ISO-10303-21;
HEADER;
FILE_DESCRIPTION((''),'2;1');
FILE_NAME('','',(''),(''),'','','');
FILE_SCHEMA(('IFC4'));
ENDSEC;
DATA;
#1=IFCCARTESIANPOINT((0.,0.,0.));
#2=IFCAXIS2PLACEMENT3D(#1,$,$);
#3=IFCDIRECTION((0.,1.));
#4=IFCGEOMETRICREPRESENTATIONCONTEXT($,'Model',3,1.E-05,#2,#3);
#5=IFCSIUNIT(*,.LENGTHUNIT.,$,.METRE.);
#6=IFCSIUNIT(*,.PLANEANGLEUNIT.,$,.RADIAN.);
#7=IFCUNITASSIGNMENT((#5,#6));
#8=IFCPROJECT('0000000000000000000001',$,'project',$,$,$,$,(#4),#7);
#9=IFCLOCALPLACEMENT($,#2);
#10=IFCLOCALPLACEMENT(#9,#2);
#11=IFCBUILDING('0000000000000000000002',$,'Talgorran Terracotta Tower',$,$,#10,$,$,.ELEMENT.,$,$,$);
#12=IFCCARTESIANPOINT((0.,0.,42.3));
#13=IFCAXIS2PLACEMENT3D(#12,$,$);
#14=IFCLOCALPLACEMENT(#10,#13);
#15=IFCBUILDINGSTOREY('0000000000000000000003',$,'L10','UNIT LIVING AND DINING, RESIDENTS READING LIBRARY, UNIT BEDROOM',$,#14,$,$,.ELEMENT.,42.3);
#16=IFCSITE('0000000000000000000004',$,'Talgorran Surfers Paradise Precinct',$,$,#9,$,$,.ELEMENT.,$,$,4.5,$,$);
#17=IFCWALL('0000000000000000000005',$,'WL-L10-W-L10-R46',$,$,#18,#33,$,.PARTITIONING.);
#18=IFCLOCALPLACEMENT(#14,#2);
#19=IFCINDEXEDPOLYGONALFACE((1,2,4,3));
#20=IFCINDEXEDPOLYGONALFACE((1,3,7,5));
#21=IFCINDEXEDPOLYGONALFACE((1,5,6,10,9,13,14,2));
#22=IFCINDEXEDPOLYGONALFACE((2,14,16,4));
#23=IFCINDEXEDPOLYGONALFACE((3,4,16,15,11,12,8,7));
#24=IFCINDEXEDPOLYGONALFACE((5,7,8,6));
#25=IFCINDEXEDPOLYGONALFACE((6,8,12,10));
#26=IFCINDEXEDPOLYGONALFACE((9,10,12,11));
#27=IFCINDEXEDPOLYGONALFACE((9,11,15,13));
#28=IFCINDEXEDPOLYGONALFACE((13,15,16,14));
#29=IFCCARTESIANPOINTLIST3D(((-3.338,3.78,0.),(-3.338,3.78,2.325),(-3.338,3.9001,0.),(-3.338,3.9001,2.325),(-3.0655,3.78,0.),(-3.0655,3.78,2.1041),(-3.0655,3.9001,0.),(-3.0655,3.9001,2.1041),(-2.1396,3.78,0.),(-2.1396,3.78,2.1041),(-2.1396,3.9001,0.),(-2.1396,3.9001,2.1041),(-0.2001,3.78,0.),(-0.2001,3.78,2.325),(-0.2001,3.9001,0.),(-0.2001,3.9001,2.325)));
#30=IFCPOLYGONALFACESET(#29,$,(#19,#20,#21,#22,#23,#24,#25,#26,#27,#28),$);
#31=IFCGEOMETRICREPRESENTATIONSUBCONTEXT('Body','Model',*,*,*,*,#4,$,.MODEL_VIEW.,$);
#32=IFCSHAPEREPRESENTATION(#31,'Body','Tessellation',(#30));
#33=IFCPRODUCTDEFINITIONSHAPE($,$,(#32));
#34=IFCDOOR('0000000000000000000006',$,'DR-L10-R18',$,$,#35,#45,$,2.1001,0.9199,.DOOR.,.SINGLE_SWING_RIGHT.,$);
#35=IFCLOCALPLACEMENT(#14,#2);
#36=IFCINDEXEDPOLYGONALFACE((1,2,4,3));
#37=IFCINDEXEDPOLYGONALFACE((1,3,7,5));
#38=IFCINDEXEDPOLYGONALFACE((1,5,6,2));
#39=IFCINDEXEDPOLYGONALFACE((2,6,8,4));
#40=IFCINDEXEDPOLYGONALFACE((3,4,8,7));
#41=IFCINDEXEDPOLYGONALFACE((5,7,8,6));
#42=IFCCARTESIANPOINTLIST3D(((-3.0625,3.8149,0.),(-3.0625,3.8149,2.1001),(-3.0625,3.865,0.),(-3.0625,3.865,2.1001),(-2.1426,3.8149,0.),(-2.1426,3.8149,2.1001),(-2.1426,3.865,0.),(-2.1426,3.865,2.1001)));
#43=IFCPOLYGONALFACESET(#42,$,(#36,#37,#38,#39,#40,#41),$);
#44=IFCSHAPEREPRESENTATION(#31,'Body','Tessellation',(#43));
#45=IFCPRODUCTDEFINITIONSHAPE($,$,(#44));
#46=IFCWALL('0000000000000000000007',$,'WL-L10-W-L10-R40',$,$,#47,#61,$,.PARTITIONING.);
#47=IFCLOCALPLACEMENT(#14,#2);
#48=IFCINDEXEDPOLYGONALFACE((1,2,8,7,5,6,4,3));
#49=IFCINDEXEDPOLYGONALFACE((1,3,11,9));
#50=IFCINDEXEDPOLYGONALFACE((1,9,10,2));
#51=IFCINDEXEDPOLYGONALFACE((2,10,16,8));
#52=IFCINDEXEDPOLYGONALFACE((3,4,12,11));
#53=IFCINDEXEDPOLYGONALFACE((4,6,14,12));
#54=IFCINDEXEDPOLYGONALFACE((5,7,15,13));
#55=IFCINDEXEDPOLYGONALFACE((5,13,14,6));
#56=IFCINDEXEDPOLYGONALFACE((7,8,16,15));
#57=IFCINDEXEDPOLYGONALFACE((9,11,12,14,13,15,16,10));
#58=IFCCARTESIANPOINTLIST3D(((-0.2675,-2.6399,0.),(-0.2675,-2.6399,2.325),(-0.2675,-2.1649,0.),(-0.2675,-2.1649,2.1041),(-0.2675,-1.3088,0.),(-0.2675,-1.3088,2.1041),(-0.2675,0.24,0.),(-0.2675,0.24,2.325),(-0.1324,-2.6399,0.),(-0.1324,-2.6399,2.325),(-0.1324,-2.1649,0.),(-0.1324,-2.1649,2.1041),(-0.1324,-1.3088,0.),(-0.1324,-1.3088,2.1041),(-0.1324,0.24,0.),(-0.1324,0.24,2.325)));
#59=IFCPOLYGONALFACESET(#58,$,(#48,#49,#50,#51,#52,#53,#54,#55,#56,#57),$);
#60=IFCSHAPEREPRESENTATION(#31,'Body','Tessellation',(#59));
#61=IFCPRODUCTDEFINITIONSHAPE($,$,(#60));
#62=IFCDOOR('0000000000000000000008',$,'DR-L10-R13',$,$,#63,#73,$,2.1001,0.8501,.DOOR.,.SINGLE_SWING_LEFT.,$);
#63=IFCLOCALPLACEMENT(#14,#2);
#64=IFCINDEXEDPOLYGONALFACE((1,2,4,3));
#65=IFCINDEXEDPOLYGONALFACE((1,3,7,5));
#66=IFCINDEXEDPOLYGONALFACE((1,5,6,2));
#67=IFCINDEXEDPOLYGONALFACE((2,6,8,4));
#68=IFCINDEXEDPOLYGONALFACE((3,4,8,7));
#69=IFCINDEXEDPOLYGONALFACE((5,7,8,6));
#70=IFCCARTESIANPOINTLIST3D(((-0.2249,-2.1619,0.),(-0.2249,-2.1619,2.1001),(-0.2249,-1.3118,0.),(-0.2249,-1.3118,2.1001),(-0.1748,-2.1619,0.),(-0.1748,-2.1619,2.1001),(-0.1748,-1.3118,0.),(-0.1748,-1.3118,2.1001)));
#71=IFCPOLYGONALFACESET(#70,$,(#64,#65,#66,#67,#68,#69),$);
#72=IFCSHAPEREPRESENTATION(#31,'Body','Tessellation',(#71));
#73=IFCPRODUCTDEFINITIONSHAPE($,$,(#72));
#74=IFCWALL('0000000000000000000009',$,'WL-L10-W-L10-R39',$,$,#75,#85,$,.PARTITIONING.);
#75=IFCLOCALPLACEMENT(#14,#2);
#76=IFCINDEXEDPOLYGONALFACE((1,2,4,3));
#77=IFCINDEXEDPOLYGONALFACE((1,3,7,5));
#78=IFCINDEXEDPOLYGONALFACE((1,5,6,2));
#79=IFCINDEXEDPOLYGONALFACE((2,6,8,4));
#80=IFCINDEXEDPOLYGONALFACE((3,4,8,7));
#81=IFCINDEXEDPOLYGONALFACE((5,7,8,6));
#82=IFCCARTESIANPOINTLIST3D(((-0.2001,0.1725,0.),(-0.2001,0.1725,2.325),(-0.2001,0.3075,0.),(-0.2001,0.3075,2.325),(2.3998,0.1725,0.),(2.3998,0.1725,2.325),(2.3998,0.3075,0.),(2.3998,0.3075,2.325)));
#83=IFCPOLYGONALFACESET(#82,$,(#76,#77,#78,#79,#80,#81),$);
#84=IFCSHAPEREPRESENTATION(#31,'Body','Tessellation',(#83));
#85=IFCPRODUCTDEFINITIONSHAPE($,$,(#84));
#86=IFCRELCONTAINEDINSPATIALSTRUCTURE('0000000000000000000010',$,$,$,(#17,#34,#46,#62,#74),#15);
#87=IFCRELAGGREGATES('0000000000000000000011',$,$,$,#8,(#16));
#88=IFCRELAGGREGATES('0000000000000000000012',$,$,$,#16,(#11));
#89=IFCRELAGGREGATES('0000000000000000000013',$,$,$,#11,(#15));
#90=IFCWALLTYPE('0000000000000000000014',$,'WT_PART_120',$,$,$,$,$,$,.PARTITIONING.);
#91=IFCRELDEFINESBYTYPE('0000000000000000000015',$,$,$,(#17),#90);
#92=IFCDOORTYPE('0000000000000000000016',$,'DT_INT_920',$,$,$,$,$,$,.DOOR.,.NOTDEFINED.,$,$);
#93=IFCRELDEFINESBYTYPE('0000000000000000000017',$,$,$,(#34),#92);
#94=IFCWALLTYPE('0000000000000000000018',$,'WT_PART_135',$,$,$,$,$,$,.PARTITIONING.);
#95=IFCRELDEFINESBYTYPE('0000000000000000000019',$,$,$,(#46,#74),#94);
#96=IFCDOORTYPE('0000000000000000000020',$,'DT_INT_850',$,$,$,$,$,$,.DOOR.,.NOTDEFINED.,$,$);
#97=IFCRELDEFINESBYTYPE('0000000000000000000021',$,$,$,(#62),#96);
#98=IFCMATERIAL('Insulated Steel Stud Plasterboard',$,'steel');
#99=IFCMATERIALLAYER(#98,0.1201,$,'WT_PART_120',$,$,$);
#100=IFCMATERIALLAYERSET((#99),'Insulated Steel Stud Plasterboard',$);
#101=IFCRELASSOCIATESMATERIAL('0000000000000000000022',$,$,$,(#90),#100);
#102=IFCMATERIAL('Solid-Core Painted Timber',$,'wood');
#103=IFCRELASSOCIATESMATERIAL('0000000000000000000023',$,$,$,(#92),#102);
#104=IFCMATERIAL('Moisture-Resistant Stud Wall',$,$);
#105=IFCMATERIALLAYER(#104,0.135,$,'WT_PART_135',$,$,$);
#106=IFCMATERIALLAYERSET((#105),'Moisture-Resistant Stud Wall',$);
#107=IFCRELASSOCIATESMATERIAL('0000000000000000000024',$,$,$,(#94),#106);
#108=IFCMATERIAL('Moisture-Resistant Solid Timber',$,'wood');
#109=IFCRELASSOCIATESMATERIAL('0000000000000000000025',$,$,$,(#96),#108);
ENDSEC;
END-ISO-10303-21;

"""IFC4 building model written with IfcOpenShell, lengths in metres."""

from ifc_helpers import new_model, si_unit, direction, frame, frame_2d, origin, place, context, subcontext, project, spatial, rectangle, extrude, material, layer, layer_set, type_object, element, fill, save


model = new_model("IFC4")

# Units and contexts
model_context = context("Model", 3, precision=1e-05, world=origin(), true_north=direction((0.0, 1.0)))
body_context = subcontext(model_context, "Body", "Model", "MODEL_VIEW")
ifc_project = project(units=[si_unit("LENGTHUNIT", "METRE"), si_unit("PLANEANGLEUNIT", "RADIAN")], contexts=[model_context])

# Site, building, storey
site_placement = place(None, origin())
site = spatial("IfcSite", under=ifc_project, at=site_placement, Name="Talgorran Surfers Paradise Precinct", CompositionType="ELEMENT", RefElevation=4.5)
building_placement = place(site_placement, origin())
building = spatial("IfcBuilding", under=site, at=building_placement, Name="Talgorran Terracotta Tower", CompositionType="ELEMENT")
storey_placement = place(building_placement, frame((0.0, 0.0, 42.3)))
storey = spatial("IfcBuildingStorey", under=building, at=storey_placement, Name="L10", Description="UNIT LIVING AND DINING, RESIDENTS READING LIBRARY, UNIT BEDROOM", CompositionType="ELEMENT", Elevation=42.3)

# Shared definitions
ifc_material_1 = material(Name="Insulated Steel Stud Plasterboard", Category="steel")
ifc_layer_1 = layer(ifc_material_1, 0.1201, Name="WT_PART_120")
ifc_layer_set_1 = layer_set([ifc_layer_1], Name="Insulated Steel Stud Plasterboard")
wall_type_1 = type_object("IfcWallType", Name="WT_PART_120", PredefinedType="PARTITIONING", material=ifc_layer_set_1)
ifc_material_2 = material(Name="Solid-Core Painted Timber", Category="wood")
door_type_1 = type_object("IfcDoorType", Name="DT_INT_920", OperationType="NOTDEFINED", PredefinedType="DOOR", material=ifc_material_2)

# Walls, openings, doors
wall_1_placement = place(storey_placement, frame((-3.3379, 3.8401, 0.0), z_axis=(0.0, 0.0, 1.0), x_axis=(1.0, 0.0, 0.0)))
wall_1 = element("IfcWall", 1, at=wall_1_placement, inside=storey, type_object=wall_type_1, Name="WL-L10-W-L10-R46", PredefinedType="PARTITIONING", context=body_context, shape_type="SweptSolid", body=[
    extrude(rectangle(XDim=3.1379, YDim=0.1201, at=frame_2d((1.5688, 0.0))), origin(), (0.0, 0.0, 1.0), 2.325),
])
opening_1_placement = place(wall_1_placement, frame((0.2754, 0.0, 0.0)))
opening_1 = element("IfcOpeningElement", 2, at=opening_1_placement, cuts=wall_1, PredefinedType="OPENING", context=body_context, shape_type="SweptSolid", body=[
    extrude(rectangle(XDim=0.9259, YDim=2.1041, at=frame_2d((0.46, 1.052))), frame((0.0, 0.0701, 0.0), z_axis=(0.0, -1.0, 0.0), x_axis=(1.0, 0.0, 0.0)), (0.0, 0.0, 1.0), 0.1401),
])
door_1_placement = place(opening_1_placement, origin())
door_1 = element("IfcDoor", 3, at=door_1_placement, inside=storey, type_object=door_type_1, Name="DR-L10-R18", OperationType="SINGLE_SWING_RIGHT", OverallHeight=2.1001, OverallWidth=0.9199, PredefinedType="DOOR", context=body_context, shape_type="SweptSolid", body=[
    extrude(rectangle(XDim=0.9199, YDim=2.1001, at=frame_2d((0.46, 1.05))), frame((0.0, 0.0249, 0.0), z_axis=(0.0, -1.0, 0.0), x_axis=(1.0, 0.0, 0.0)), (0.0, 0.0, 1.0), 0.05),
])
fill(opening_1, door_1)
ifc_material_3 = material(Name="Moisture-Resistant Stud Wall")
ifc_layer_2 = layer(ifc_material_3, 0.135, Name="WT_PART_135")
ifc_layer_set_2 = layer_set([ifc_layer_2], Name="Moisture-Resistant Stud Wall")
wall_type_2 = type_object("IfcWallType", Name="WT_PART_135", PredefinedType="PARTITIONING", material=ifc_layer_set_2)
wall_2_placement = place(storey_placement, frame((-0.2, -2.6399, 0.0), z_axis=(0.0, 0.0, 1.0), x_axis=(0.0, 1.0, 0.0)))
wall_2 = element("IfcWall", 4, at=wall_2_placement, inside=storey, type_object=wall_type_2, Name="WL-L10-W-L10-R40", PredefinedType="PARTITIONING", context=body_context, shape_type="SweptSolid", body=[
    extrude(rectangle(XDim=2.8799, YDim=0.135, at=frame_2d((1.4399, 0.0))), origin(), (0.0, 0.0, 1.0), 2.325),
])
opening_2_placement = place(wall_2_placement, frame((0.478, 0.0, 0.0)))
opening_2 = element("IfcOpeningElement", 5, at=opening_2_placement, cuts=wall_2, PredefinedType="OPENING", context=body_context, shape_type="SweptSolid", body=[
    extrude(rectangle(XDim=0.8561, YDim=2.1041, at=frame_2d((0.425, 1.052))), frame((0.0, 0.0776, 0.0), z_axis=(0.0, -1.0, 0.0), x_axis=(1.0, 0.0, 0.0)), (0.0, 0.0, 1.0), 0.155),
])
ifc_material_4 = material(Name="Moisture-Resistant Solid Timber", Category="wood")
door_type_2 = type_object("IfcDoorType", Name="DT_INT_850", OperationType="NOTDEFINED", PredefinedType="DOOR", material=ifc_material_4)
door_2_placement = place(opening_2_placement, origin())
door_2 = element("IfcDoor", 6, at=door_2_placement, inside=storey, type_object=door_type_2, Name="DR-L10-R13", OperationType="SINGLE_SWING_LEFT", OverallHeight=2.1001, OverallWidth=0.8501, PredefinedType="DOOR", context=body_context, shape_type="SweptSolid", body=[
    extrude(rectangle(XDim=0.8501, YDim=2.1001, at=frame_2d((0.425, 1.05))), frame((0.0, 0.0249, 0.0), z_axis=(0.0, -1.0, 0.0), x_axis=(1.0, 0.0, 0.0)), (0.0, 0.0, 1.0), 0.05),
])
fill(opening_2, door_2)

# Wall
wall_3_placement = place(storey_placement, frame((-0.2, 0.24, 0.0), z_axis=(0.0, 0.0, 1.0), x_axis=(1.0, 0.0, 0.0)))
element("IfcWall", 7, at=wall_3_placement, inside=storey, type_object=wall_type_2, Name="WL-L10-W-L10-R39", PredefinedType="PARTITIONING", context=body_context, shape_type="SweptSolid", body=[
    extrude(rectangle(XDim=2.5999, YDim=0.135, at=frame_2d((1.2998, 0.0))), origin(), (0.0, 0.0, 1.0), 2.325),
])

save(model, "model.ifc")
